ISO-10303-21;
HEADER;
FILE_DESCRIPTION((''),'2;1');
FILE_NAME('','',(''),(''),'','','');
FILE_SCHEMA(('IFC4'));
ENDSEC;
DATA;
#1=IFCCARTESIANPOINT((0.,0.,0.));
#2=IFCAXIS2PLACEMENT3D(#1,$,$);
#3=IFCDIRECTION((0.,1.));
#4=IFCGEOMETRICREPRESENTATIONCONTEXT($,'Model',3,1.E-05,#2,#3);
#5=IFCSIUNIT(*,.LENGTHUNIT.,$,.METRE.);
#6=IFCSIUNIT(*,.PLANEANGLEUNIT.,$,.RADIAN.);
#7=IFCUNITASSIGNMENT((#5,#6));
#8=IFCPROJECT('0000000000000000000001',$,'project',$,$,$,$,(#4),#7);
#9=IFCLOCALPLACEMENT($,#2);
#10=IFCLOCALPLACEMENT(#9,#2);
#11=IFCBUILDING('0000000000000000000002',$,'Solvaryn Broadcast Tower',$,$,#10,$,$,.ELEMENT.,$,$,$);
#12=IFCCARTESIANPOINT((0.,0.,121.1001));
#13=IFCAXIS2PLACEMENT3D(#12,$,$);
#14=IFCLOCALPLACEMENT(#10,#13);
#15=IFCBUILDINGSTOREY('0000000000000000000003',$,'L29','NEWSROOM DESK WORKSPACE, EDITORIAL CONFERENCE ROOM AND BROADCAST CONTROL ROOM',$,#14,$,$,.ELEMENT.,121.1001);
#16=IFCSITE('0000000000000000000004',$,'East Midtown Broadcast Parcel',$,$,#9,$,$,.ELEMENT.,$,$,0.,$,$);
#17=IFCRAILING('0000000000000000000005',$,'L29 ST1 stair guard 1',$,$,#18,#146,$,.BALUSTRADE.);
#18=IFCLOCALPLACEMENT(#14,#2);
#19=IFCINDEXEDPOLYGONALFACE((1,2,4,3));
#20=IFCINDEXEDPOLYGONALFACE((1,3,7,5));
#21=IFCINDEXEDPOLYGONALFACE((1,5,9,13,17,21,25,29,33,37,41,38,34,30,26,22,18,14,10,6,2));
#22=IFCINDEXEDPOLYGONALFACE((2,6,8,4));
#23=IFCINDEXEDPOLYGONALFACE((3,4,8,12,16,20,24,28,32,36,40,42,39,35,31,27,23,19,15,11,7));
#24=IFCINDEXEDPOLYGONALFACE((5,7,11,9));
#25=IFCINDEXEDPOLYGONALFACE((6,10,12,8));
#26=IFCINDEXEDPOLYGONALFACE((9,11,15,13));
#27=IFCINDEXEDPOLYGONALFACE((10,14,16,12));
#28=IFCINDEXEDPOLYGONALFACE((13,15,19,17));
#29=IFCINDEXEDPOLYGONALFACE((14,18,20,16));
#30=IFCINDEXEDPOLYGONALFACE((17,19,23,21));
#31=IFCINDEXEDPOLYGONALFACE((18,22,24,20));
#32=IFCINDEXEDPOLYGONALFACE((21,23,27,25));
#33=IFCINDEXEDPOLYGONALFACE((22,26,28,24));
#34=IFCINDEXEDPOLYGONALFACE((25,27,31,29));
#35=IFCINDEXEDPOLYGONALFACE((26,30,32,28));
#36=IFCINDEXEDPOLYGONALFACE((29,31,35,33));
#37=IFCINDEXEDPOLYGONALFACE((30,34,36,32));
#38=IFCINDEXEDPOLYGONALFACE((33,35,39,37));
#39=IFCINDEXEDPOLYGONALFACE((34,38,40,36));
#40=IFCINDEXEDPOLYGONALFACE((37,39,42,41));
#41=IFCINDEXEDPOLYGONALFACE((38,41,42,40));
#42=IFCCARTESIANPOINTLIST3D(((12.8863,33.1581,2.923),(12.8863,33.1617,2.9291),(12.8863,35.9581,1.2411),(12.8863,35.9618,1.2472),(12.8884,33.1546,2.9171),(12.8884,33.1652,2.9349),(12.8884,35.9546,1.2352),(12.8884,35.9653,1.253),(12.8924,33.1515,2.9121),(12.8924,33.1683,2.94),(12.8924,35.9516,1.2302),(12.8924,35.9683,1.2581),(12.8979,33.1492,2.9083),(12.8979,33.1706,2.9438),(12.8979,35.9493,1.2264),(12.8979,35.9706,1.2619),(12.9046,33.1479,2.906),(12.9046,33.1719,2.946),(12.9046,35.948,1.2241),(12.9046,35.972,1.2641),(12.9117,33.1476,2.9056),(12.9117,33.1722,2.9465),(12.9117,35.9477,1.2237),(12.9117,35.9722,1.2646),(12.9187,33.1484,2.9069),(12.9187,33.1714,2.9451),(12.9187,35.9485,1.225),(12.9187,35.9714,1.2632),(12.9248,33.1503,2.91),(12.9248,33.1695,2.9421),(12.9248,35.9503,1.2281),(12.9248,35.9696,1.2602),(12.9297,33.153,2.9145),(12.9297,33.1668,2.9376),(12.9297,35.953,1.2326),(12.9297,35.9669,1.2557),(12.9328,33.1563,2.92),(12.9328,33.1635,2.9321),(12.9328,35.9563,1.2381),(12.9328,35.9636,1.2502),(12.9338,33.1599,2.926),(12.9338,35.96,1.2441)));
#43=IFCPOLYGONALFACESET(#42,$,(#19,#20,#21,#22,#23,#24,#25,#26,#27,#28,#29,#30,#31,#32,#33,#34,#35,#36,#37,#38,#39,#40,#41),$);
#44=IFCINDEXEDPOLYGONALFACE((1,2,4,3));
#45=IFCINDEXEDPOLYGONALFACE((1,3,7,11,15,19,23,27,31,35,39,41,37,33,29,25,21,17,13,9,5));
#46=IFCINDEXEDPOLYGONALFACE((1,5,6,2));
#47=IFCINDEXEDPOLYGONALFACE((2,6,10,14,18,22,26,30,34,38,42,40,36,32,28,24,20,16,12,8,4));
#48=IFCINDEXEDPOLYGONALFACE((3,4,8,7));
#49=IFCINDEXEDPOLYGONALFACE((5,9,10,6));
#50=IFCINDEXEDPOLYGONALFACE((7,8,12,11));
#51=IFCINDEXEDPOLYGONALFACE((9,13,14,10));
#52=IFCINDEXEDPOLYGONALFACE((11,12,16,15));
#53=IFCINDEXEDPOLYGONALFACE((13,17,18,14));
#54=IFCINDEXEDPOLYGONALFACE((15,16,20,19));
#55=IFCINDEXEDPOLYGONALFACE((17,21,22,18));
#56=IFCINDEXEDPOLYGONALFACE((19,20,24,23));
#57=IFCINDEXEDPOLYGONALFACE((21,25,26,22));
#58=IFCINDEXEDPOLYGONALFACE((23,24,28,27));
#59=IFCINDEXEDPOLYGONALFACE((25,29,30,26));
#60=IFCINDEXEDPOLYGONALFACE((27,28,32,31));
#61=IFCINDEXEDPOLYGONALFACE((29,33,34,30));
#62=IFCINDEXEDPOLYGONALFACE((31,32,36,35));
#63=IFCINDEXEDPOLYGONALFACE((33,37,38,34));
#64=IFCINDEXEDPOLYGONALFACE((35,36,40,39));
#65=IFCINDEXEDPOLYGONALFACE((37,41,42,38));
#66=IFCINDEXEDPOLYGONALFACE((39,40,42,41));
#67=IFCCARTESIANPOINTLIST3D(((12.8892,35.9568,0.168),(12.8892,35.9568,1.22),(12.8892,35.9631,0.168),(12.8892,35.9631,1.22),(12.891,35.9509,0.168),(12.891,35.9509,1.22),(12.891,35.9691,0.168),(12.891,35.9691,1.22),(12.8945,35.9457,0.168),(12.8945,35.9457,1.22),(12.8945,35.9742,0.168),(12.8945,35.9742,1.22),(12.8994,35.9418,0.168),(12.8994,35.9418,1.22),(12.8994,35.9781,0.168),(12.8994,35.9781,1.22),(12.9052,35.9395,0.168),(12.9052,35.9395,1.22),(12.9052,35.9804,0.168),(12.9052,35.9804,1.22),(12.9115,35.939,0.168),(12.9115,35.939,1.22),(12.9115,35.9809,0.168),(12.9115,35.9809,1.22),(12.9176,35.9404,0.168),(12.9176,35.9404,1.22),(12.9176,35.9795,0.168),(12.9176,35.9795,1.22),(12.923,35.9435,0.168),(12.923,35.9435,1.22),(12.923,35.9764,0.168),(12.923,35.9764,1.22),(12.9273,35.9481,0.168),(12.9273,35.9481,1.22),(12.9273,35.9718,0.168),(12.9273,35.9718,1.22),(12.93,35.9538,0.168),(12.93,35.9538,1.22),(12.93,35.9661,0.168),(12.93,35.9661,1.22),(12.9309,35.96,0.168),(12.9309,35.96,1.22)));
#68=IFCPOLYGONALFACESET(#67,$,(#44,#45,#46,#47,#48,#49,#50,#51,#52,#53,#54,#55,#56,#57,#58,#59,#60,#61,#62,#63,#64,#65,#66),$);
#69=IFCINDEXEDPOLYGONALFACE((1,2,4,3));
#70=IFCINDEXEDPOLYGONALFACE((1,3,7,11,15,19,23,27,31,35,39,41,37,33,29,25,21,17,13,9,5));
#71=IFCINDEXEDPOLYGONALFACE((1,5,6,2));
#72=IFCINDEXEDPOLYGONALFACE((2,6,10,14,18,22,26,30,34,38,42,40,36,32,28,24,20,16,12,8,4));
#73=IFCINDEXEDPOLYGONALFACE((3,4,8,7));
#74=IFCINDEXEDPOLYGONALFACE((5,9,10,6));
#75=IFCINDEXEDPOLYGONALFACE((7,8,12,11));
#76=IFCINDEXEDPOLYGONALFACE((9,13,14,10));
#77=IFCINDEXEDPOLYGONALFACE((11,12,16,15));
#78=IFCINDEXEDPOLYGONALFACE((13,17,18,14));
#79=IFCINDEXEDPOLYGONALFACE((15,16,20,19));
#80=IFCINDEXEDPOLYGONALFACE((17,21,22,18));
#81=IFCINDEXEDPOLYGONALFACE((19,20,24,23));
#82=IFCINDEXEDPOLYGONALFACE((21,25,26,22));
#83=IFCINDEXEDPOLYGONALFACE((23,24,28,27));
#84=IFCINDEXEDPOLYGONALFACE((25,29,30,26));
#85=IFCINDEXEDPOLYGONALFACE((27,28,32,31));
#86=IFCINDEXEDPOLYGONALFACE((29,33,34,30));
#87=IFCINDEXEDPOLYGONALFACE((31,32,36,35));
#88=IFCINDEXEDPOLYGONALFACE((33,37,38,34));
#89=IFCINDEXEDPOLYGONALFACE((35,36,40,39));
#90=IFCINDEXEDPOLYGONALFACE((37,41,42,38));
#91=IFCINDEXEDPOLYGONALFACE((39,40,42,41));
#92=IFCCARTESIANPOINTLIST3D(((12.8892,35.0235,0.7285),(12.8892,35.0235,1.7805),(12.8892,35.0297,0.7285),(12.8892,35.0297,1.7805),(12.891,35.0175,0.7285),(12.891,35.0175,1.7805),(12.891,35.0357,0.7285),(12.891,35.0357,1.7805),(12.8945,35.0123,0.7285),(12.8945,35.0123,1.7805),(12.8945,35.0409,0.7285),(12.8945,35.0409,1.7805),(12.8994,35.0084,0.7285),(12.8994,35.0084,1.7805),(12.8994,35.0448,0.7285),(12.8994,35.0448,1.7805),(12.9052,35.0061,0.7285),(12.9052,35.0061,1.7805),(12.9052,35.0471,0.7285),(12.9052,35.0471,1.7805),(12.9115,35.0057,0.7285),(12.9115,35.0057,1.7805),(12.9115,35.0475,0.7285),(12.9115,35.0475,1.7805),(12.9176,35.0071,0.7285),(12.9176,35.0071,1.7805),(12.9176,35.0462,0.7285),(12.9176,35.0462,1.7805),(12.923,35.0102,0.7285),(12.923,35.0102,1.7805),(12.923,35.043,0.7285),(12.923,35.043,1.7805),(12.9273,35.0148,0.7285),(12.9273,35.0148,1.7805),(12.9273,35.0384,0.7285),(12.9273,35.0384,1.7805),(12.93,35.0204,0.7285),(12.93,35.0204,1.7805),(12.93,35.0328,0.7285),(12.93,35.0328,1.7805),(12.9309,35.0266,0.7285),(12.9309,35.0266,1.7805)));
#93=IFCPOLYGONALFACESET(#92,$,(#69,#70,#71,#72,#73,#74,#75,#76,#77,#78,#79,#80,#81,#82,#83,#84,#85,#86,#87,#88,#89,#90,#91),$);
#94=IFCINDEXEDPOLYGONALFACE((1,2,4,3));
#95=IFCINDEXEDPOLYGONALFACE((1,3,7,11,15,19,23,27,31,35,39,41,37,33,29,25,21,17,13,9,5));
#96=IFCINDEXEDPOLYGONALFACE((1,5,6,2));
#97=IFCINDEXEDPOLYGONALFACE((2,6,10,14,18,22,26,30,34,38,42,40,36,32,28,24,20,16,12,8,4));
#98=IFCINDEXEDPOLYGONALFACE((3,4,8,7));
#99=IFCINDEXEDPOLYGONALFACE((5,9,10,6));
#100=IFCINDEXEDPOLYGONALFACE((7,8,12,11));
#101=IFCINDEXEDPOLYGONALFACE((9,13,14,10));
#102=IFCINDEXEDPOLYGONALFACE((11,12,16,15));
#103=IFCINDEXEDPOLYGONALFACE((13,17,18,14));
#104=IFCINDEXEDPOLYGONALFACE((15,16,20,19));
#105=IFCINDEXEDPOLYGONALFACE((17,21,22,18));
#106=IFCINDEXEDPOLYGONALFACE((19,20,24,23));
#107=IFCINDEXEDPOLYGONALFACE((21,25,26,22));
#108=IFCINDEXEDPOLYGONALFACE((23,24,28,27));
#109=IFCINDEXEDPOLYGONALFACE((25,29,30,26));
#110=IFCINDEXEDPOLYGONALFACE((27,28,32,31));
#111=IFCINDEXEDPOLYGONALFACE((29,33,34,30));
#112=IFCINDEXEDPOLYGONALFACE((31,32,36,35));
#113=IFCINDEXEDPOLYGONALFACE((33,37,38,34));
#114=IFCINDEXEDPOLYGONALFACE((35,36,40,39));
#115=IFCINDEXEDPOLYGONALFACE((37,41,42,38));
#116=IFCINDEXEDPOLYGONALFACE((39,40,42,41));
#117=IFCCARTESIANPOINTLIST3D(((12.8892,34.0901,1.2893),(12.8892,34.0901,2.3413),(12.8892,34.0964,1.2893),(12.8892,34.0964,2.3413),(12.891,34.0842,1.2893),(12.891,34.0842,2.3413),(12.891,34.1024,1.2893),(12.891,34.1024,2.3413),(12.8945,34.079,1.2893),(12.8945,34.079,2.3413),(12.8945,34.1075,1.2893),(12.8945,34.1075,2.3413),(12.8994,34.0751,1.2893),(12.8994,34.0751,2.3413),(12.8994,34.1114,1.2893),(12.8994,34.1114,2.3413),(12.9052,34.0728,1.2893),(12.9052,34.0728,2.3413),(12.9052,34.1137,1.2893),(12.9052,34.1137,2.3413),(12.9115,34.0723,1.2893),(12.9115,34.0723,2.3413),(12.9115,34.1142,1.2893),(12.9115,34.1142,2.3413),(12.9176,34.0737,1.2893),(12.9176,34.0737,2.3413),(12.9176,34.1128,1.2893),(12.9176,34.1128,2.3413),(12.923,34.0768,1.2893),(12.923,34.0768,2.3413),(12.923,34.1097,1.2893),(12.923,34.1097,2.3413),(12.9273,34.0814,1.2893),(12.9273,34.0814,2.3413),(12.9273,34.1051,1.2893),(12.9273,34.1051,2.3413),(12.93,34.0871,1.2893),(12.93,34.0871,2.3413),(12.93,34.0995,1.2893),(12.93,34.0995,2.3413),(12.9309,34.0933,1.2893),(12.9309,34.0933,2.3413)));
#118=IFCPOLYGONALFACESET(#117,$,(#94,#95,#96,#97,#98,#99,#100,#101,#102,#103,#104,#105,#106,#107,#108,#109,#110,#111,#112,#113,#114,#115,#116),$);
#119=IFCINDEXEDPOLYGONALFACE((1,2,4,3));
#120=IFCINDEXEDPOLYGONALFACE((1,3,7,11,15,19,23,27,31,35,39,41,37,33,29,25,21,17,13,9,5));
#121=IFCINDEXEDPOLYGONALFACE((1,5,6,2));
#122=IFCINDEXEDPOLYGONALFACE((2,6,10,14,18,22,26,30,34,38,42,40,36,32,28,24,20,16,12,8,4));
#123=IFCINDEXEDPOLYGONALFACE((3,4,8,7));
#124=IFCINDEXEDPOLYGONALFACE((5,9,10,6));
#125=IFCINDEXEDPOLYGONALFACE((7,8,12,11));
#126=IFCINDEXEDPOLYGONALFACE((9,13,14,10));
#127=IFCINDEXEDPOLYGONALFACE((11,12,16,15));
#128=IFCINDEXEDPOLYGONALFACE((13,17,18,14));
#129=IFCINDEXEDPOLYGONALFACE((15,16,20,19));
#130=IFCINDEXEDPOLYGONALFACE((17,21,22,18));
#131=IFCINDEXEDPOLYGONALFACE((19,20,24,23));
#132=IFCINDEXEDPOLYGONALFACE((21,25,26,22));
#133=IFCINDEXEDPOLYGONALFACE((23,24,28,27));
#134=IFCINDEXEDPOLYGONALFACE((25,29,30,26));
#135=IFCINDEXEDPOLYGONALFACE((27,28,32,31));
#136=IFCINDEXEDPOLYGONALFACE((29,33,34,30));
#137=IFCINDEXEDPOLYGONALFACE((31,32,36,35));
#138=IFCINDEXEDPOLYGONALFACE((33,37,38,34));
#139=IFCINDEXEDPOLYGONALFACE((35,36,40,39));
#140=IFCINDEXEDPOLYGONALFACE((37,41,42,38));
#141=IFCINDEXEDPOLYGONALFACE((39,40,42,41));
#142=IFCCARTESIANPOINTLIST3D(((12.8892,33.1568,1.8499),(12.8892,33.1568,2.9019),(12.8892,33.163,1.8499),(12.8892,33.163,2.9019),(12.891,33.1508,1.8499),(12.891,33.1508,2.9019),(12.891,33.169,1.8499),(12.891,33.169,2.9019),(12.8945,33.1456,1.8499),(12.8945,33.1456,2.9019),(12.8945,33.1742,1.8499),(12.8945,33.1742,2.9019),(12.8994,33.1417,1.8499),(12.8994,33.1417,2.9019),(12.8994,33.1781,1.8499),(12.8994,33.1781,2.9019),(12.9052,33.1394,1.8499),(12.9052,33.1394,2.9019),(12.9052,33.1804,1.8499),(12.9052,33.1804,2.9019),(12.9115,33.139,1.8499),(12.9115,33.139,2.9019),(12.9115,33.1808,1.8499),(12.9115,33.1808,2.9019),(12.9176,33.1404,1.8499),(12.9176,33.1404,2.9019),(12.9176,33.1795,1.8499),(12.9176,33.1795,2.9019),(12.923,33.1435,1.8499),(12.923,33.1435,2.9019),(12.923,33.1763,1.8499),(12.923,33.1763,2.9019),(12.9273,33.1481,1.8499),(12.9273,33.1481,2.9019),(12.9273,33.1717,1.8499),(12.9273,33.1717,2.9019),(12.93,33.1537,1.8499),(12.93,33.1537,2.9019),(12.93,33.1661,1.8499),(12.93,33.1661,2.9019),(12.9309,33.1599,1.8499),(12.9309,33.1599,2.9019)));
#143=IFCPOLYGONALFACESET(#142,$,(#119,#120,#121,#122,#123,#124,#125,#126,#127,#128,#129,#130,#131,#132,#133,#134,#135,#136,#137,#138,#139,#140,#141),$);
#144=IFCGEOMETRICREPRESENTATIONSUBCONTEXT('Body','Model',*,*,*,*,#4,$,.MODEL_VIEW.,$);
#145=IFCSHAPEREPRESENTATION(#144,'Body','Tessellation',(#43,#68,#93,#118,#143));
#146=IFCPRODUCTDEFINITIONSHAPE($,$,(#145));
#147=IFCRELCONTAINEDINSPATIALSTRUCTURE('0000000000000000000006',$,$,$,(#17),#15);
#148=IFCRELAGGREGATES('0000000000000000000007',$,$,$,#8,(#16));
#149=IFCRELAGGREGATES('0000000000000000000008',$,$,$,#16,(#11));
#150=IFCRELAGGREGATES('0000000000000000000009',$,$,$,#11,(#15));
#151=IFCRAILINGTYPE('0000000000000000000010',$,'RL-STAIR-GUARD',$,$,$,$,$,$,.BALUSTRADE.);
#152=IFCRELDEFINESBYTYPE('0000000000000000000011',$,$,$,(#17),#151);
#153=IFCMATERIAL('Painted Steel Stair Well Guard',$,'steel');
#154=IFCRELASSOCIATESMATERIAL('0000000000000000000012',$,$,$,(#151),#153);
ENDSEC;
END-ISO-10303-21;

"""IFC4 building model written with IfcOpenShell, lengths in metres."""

from ifc_helpers import new_model, si_unit, direction, frame, origin, origin_2d, place, context, subcontext, project, spatial, circle, extrude, material, type_object, element, save


model = new_model("IFC4")

# Units and contexts
model_context = context("Model", 3, precision=1e-05, world=origin(), true_north=direction((0.0, 1.0)))
body_context = subcontext(model_context, "Body", "Model", "MODEL_VIEW")
ifc_project = project(units=[si_unit("LENGTHUNIT", "METRE"), si_unit("PLANEANGLEUNIT", "RADIAN")], contexts=[model_context])

# Site, building, storey
site_placement = place(None, origin())
site = spatial("IfcSite", under=ifc_project, at=site_placement, Name="East Midtown Broadcast Parcel", CompositionType="ELEMENT", RefElevation=0.0)
building_placement = place(site_placement, origin())
building = spatial("IfcBuilding", under=site, at=building_placement, Name="Solvaryn Broadcast Tower", CompositionType="ELEMENT")
storey_placement = place(building_placement, frame((0.0, 0.0, 121.1001)))
storey = spatial("IfcBuildingStorey", under=building, at=storey_placement, Name="L29", Description="NEWSROOM DESK WORKSPACE, EDITORIAL CONFERENCE ROOM AND BROADCAST CONTROL ROOM", CompositionType="ELEMENT", Elevation=121.1001)

# Railing
ifc_material_1 = material(Name="Painted Steel Stair Well Guard", Category="steel")
railing_type_1 = type_object("IfcRailingType", Name="RL-STAIR-GUARD", PredefinedType="BALUSTRADE", material=ifc_material_1)
railing_1_placement = place(storey_placement, frame((12.9099, 35.96, 0.168)))
element("IfcRailing", 1, at=railing_1_placement, inside=storey, type_object=railing_type_1, Name="L29 ST1 stair guard 1", PredefinedType="BALUSTRADE", context=body_context, shape_type="SweptSolid", body=[
    extrude(circle(Radius=0.0239, at=origin_2d()), frame((0.0, 0.0, 1.0762), z_axis=(0.0, -0.857242, 0.514913), x_axis=(1.0, 0.0, 0.0)), (0.0, 0.0, 1.0), 3.2664),
    extrude(circle(Radius=0.021, at=origin_2d()), origin(), (0.0, 0.0, 1.0), 1.052),
    extrude(circle(Radius=0.021, at=origin_2d()), frame((0.0, -0.9333, 0.5605)), (0.0, 0.0, 1.0), 1.052),
    extrude(circle(Radius=0.021, at=origin_2d()), frame((0.0, -1.8667, 1.1213)), (0.0, 0.0, 1.0), 1.052),
    extrude(circle(Radius=0.021, at=origin_2d()), frame((0.0, -2.8, 1.6819)), (0.0, 0.0, 1.0), 1.052),
])

save(model, "model.ifc")
